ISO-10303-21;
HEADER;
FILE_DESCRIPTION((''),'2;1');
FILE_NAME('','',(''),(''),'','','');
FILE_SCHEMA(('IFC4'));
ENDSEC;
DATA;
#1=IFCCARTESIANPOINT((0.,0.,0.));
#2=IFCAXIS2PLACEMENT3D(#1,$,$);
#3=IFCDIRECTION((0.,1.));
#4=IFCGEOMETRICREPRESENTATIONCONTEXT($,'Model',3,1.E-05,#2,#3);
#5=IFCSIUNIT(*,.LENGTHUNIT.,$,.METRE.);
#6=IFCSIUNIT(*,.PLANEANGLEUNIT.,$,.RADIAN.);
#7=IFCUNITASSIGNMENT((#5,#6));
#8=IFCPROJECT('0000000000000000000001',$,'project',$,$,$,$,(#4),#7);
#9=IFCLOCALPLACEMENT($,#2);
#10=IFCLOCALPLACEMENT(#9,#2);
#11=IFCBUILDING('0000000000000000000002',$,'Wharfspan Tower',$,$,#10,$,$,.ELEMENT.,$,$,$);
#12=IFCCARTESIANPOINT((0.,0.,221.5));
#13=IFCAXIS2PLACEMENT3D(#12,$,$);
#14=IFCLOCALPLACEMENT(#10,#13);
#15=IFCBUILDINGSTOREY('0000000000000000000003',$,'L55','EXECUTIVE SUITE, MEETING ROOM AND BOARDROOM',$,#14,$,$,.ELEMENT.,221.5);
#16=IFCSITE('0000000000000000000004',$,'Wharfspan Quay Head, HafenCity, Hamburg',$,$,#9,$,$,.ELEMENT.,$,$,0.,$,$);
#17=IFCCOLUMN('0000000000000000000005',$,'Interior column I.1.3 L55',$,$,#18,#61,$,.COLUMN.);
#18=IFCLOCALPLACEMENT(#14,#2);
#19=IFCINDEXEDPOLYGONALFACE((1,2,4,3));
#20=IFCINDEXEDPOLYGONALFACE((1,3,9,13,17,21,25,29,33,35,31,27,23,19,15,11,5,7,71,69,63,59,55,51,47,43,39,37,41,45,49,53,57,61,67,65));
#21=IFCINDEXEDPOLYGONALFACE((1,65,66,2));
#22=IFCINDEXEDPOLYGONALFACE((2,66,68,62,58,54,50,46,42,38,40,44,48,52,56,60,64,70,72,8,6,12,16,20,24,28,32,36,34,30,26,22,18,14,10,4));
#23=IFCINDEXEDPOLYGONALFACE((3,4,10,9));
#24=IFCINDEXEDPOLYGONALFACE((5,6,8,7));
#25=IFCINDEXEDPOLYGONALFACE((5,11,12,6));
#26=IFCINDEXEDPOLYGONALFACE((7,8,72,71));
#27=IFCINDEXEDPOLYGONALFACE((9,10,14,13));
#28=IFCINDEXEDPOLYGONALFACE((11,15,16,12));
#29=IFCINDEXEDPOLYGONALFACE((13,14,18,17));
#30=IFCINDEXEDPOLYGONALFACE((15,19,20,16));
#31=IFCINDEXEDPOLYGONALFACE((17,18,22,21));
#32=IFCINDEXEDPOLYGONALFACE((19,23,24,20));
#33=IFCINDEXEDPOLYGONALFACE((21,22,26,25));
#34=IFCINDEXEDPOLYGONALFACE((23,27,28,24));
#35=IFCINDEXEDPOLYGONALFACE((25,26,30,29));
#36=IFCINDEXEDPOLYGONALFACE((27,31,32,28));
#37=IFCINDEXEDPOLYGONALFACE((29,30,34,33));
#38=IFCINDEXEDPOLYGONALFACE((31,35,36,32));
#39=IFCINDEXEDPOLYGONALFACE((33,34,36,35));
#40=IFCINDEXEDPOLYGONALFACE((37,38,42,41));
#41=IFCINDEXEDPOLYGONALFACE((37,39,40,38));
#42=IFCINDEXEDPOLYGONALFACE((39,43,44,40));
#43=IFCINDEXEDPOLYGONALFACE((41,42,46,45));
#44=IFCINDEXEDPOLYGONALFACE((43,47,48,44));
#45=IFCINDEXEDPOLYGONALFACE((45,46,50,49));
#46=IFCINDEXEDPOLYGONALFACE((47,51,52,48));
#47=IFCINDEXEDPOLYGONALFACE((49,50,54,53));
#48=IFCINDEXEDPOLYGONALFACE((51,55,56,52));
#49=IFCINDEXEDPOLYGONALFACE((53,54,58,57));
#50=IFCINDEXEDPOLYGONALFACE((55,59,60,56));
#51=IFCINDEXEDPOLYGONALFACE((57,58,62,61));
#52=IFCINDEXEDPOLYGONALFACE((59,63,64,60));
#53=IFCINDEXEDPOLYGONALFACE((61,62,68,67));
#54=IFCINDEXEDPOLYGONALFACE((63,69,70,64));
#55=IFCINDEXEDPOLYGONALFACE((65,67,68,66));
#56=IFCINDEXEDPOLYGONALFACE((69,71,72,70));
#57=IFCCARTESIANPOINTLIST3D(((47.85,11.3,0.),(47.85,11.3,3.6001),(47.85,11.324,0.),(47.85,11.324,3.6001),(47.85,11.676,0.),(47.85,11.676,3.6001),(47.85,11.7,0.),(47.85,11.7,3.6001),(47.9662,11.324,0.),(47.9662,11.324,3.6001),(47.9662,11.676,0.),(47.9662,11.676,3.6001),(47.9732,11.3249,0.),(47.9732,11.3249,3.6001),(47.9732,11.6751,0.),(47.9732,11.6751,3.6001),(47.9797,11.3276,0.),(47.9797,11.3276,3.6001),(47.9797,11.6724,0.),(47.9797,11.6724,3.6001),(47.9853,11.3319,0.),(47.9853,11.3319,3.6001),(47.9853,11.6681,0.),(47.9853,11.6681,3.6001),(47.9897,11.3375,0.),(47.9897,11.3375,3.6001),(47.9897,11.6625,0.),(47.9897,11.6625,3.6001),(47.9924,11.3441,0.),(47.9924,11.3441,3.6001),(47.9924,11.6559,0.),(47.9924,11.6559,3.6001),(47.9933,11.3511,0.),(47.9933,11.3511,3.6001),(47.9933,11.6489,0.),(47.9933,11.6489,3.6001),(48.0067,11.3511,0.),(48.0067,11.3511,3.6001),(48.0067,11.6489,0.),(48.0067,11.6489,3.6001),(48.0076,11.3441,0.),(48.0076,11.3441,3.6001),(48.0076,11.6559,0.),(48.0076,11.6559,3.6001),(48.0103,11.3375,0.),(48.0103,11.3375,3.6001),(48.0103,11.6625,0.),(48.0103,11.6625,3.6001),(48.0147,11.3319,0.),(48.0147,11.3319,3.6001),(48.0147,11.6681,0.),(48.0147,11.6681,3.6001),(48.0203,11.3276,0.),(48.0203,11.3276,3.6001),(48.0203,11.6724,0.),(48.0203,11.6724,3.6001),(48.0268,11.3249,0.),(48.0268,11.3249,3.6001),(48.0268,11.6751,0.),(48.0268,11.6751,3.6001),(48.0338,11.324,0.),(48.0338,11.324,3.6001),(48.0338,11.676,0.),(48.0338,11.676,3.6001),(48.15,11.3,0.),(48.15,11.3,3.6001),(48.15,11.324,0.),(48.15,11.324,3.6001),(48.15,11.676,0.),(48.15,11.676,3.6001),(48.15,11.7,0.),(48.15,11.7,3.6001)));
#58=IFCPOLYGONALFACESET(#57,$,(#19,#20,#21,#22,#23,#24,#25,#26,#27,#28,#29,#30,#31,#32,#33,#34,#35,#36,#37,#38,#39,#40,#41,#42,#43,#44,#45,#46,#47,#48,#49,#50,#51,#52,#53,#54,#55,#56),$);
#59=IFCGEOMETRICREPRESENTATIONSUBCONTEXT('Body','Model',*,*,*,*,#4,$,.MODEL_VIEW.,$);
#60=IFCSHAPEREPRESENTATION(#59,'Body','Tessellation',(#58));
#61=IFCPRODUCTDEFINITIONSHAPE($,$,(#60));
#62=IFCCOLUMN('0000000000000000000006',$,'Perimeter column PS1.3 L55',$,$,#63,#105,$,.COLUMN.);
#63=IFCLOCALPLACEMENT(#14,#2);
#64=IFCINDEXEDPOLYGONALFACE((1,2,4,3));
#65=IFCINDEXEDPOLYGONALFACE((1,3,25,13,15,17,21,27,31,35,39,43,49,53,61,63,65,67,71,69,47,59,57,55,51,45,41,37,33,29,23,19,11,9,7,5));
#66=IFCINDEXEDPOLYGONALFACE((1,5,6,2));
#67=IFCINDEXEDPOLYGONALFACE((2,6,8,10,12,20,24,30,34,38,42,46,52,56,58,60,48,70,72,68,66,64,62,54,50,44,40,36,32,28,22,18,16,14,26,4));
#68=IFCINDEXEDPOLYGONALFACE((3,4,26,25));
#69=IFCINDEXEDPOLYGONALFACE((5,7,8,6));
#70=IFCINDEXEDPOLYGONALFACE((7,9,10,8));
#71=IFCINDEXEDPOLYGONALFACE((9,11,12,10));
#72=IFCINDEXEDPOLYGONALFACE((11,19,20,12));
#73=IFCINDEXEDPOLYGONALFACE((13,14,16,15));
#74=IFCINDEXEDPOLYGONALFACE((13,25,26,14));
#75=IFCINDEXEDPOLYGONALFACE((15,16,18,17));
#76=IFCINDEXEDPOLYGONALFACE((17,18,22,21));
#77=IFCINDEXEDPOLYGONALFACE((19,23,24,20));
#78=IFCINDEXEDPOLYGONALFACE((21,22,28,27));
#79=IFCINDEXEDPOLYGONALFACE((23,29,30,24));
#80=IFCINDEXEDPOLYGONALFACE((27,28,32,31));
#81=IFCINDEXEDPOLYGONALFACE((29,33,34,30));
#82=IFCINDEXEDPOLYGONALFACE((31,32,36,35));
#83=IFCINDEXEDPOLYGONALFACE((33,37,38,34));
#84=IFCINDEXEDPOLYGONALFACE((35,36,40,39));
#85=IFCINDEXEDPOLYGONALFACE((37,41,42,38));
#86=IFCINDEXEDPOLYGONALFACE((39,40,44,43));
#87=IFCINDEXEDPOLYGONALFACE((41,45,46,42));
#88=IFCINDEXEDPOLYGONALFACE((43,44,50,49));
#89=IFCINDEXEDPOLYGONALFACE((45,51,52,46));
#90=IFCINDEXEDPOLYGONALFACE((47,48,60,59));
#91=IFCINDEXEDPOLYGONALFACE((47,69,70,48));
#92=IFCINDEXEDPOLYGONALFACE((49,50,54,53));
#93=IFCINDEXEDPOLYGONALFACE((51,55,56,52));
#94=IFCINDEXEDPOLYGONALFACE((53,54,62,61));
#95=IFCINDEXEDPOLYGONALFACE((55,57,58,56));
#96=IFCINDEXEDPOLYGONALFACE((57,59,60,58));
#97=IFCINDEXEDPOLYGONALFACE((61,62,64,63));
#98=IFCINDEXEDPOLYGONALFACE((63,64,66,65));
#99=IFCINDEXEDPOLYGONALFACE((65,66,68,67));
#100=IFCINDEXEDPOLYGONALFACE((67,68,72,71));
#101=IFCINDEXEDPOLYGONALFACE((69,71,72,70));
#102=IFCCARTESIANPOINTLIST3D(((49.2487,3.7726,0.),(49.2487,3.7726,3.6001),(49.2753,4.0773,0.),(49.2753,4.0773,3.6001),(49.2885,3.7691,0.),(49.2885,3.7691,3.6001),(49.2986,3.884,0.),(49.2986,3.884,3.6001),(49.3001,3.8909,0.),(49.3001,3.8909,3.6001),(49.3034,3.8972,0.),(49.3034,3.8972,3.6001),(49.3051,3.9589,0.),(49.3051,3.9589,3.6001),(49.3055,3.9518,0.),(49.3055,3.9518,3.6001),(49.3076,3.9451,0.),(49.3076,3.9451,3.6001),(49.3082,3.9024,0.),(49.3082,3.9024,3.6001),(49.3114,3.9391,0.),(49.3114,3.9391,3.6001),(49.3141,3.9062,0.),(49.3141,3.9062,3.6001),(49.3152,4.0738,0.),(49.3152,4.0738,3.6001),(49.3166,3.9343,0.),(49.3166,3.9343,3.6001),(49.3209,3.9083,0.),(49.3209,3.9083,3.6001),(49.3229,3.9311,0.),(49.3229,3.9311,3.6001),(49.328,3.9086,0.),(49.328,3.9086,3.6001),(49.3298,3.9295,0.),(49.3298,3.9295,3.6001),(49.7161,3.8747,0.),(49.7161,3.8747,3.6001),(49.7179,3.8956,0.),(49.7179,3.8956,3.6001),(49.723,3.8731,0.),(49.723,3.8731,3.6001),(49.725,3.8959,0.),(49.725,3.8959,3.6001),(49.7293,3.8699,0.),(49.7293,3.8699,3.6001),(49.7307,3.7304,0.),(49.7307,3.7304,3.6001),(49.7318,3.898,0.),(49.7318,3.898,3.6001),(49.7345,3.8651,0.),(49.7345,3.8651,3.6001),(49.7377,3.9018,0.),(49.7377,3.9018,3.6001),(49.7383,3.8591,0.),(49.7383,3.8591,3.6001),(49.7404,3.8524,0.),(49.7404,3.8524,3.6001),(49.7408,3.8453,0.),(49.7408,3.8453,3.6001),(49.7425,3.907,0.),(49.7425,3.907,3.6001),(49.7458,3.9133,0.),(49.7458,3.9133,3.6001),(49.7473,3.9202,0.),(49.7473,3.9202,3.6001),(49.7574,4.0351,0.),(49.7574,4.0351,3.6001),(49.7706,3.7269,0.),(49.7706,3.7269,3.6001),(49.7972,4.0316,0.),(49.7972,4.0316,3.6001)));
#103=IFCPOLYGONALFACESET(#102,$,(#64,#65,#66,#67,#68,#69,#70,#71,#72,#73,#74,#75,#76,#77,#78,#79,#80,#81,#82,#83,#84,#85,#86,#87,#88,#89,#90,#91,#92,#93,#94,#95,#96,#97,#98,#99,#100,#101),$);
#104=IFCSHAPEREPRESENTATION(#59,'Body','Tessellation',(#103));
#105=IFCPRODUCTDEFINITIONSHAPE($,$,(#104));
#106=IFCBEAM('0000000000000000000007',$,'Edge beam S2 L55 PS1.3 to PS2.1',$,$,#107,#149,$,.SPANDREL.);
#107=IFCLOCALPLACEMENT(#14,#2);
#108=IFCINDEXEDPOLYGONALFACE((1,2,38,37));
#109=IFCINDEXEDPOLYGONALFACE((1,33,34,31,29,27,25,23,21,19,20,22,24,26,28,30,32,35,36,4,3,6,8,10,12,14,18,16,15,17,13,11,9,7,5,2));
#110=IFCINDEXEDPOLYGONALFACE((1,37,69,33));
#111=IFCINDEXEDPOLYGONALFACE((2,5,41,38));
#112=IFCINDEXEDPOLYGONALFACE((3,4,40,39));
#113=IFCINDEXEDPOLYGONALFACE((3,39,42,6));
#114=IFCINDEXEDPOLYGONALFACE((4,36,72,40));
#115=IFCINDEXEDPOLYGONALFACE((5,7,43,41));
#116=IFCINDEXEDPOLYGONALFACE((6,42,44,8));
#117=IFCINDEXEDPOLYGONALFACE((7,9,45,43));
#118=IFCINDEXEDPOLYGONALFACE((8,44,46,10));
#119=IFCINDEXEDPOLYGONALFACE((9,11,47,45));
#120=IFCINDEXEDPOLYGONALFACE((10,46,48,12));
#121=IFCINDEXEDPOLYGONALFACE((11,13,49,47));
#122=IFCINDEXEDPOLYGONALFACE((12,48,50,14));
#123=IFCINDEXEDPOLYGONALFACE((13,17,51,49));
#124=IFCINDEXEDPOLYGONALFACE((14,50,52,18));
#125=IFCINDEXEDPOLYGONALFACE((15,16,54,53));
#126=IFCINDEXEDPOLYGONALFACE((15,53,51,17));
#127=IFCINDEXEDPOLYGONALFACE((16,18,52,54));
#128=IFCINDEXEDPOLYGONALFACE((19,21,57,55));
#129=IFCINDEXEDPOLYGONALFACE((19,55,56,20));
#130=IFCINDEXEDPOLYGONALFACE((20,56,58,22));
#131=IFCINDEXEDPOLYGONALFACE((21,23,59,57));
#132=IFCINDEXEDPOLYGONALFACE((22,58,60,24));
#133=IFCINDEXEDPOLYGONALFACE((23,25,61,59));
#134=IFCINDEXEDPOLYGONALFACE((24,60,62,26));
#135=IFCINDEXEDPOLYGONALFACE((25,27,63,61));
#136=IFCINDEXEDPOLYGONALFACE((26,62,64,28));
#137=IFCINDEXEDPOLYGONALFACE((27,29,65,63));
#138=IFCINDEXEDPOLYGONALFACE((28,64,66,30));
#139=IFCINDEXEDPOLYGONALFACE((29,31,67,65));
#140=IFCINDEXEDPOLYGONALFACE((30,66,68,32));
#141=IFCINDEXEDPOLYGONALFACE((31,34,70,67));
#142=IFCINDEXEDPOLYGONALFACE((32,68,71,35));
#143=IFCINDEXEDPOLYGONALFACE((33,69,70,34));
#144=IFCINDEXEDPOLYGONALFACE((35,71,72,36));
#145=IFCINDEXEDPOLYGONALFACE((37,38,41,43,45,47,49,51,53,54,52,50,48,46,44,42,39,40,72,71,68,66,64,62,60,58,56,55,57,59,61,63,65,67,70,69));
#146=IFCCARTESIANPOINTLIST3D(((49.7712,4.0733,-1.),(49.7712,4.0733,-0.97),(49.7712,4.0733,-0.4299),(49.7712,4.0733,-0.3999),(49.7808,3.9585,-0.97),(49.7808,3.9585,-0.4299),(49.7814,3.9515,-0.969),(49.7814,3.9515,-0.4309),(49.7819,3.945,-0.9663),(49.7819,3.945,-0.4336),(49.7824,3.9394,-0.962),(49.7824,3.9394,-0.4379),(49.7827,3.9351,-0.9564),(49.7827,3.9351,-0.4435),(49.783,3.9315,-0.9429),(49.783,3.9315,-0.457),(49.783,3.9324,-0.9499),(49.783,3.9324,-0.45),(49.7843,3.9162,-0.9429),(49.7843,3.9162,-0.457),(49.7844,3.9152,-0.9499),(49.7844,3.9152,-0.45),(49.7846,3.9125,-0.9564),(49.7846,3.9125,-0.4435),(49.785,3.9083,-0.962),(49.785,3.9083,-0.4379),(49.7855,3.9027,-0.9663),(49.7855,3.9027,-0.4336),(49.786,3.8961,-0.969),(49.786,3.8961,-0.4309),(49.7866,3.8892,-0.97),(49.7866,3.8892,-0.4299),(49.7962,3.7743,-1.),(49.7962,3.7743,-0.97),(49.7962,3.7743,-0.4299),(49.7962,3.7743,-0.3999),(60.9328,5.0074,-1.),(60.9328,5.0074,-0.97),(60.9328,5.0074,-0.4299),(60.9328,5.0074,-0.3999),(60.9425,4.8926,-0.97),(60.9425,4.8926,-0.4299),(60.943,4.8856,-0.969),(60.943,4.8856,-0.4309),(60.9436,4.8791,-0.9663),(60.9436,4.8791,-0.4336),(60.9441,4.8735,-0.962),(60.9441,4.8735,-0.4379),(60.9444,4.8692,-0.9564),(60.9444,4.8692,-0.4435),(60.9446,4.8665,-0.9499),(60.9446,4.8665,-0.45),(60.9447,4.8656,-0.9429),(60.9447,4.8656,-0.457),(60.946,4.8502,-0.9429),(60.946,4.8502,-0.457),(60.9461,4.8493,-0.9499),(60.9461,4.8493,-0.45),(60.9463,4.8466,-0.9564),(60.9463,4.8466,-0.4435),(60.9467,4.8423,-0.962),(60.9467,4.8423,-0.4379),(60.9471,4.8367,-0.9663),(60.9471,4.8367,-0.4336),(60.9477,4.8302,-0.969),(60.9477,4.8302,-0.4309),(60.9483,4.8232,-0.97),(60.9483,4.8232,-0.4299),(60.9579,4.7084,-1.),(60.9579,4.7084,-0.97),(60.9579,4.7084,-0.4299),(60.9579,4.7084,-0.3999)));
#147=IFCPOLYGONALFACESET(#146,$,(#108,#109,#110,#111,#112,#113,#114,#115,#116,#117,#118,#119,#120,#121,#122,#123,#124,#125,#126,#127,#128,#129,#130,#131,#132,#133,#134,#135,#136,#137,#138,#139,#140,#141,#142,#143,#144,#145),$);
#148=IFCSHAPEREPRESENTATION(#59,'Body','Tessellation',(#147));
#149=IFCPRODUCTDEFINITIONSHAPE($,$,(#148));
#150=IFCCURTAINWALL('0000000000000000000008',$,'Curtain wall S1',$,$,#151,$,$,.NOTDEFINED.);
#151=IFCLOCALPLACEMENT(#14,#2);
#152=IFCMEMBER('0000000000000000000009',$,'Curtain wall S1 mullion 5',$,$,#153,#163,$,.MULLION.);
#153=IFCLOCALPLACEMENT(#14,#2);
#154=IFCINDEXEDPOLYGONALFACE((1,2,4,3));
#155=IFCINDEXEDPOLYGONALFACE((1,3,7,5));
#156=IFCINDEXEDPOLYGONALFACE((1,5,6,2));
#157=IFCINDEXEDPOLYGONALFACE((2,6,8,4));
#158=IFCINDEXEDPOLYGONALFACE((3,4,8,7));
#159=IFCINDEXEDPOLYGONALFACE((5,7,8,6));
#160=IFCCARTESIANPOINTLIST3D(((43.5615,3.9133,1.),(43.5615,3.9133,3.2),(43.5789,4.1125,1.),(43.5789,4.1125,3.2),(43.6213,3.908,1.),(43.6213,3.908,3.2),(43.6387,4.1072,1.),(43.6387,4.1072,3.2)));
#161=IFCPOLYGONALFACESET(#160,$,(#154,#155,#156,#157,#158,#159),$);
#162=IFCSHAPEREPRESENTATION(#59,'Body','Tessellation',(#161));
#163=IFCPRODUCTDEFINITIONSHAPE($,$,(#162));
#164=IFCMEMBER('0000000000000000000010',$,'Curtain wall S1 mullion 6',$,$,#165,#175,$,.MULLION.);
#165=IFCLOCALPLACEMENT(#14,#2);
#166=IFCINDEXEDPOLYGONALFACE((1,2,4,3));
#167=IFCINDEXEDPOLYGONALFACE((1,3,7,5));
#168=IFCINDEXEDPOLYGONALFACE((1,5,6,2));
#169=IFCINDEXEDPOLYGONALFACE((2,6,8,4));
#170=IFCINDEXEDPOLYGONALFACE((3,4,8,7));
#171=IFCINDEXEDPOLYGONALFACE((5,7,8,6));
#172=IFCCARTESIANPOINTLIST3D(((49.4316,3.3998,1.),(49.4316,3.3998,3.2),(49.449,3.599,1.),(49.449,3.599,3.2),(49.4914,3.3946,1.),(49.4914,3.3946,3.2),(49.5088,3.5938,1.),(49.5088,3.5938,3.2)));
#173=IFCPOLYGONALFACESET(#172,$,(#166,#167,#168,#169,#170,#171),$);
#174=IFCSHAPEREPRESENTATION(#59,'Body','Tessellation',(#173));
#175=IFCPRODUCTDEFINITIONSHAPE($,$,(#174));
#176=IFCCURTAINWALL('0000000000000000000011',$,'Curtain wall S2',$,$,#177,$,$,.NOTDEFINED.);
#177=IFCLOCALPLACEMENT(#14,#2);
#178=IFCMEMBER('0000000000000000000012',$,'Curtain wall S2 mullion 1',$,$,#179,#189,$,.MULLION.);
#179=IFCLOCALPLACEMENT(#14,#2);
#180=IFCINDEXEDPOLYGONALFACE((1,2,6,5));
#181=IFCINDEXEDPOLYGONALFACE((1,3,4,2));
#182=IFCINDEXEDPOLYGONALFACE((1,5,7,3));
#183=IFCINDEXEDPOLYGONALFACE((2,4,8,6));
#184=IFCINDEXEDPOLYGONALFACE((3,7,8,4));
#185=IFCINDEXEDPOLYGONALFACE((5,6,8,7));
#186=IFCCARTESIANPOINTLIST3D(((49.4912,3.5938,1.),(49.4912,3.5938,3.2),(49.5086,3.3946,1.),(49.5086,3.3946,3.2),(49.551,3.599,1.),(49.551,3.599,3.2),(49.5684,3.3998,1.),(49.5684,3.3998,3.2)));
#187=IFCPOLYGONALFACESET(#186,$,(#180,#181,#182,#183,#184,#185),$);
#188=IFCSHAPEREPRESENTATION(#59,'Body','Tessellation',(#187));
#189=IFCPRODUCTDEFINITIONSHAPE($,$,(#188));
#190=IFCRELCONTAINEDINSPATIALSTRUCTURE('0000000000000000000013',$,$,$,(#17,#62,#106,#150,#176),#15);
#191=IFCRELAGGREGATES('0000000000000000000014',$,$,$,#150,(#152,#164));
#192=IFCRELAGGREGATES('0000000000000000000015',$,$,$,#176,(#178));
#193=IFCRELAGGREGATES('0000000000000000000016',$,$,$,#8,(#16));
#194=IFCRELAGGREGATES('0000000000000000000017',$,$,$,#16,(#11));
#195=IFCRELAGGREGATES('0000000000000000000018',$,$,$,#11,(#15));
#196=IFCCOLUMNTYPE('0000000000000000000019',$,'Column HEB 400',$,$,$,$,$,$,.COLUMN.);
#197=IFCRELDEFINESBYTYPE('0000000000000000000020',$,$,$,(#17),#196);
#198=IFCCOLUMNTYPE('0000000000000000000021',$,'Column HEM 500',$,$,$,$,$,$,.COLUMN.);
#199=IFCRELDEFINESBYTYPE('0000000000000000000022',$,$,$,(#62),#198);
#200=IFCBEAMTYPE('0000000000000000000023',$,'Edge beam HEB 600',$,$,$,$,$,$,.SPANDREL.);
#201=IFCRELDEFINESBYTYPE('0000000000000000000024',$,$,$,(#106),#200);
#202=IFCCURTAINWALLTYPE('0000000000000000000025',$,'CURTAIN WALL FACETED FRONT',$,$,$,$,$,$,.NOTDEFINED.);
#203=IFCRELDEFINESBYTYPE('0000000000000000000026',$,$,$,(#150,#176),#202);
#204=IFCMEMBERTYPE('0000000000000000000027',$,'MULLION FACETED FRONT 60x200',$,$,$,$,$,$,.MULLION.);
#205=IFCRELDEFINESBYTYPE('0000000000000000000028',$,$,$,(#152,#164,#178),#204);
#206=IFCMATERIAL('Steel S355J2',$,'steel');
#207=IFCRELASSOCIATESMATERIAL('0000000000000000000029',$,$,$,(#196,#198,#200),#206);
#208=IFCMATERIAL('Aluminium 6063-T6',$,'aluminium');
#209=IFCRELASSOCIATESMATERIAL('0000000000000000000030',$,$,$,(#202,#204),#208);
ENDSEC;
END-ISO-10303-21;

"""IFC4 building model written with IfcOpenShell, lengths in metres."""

from ifc_helpers import new_model, si_unit, direction, frame, origin, origin_2d, place, context, subcontext, project, spatial, rectangle, i_section, extrude, material, material_profile, profile_set, type_object, element, aggregate, save


model = new_model("IFC4")

# Units and contexts
model_context = context("Model", 3, precision=1e-05, world=origin(), true_north=direction((0.0, 1.0)))
body_context = subcontext(model_context, "Body", "Model", "MODEL_VIEW")
ifc_project = project(units=[si_unit("LENGTHUNIT", "METRE"), si_unit("PLANEANGLEUNIT", "RADIAN")], contexts=[model_context])

# Site, building, storey
site_placement = place(None, origin())
site = spatial("IfcSite", under=ifc_project, at=site_placement, Name="Wharfspan Quay Head, HafenCity, Hamburg", CompositionType="ELEMENT", RefElevation=0.0)
building_placement = place(site_placement, origin())
building = spatial("IfcBuilding", under=site, at=building_placement, Name="Wharfspan Tower", CompositionType="ELEMENT")
storey_placement = place(building_placement, frame((0.0, 0.0, 221.5)))
storey = spatial("IfcBuildingStorey", under=building, at=storey_placement, Name="L55", Description="EXECUTIVE SUITE, MEETING ROOM AND BOARDROOM", CompositionType="ELEMENT", Elevation=221.5)

# Columns
ifc_material_1 = material(Name="Steel S355J2", Category="steel")
ifc_material_profile_1 = material_profile(ifc_material_1, i_section(OverallWidth=0.3, OverallDepth=0.3999, WebThickness=0.0134, FlangeThickness=0.0239, FilletRadius=0.0271, at=origin_2d()))
ifc_profile_set_1 = profile_set([ifc_material_profile_1], Name="Steel S355J2")
column_type_1 = type_object("IfcColumnType", Name="Column HEB 400", PredefinedType="COLUMN", material=ifc_profile_set_1)
column_1_placement = place(storey_placement, frame((48.0, 11.5, 0.0), z_axis=(0.0, 0.0, 1.0), x_axis=(1.0, 0.0, 0.0)))
element("IfcColumn", 1, at=column_1_placement, inside=storey, type_object=column_type_1, Name="Interior column I.1.3 L55", PredefinedType="COLUMN", context=body_context, shape_type="SweptSolid", body=[
    extrude(i_section(OverallWidth=0.3, OverallDepth=0.3999, WebThickness=0.0134, FlangeThickness=0.0239, FilletRadius=0.0271, at=origin_2d()), origin(), (0.0, 0.0, 1.0), 3.6001),
])
ifc_material_profile_2 = material_profile(ifc_material_1, i_section(OverallWidth=0.3059, OverallDepth=0.5239, WebThickness=0.021, FlangeThickness=0.04, FilletRadius=0.0271, at=origin_2d()))
ifc_profile_set_2 = profile_set([ifc_material_profile_2], Name="Steel S355J2")
column_type_2 = type_object("IfcColumnType", Name="Column HEM 500", PredefinedType="COLUMN", material=ifc_profile_set_2)
column_2_placement = place(storey_placement, frame((49.5229, 3.9021, 0.0), z_axis=(0.0, 0.0, 1.0), x_axis=(-0.087156, -0.996197, 0.0)))
element("IfcColumn", 2, at=column_2_placement, inside=storey, type_object=column_type_2, Name="Perimeter column PS1.3 L55", PredefinedType="COLUMN", context=body_context, shape_type="SweptSolid", body=[
    extrude(i_section(OverallWidth=0.3059, OverallDepth=0.5239, WebThickness=0.021, FlangeThickness=0.04, FilletRadius=0.0271, at=origin_2d()), origin(), (0.0, 0.0, 1.0), 3.6001),
])

# Beam
ifc_material_profile_3 = material_profile(ifc_material_1, i_section(OverallWidth=0.3, OverallDepth=0.6001, WebThickness=0.0154, FlangeThickness=0.03, FilletRadius=0.0271, at=origin_2d()))
ifc_profile_set_3 = profile_set([ifc_material_profile_3], Name="Steel S355J2")
beam_type = type_object("IfcBeamType", Name="Edge beam HEB 600", PredefinedType="SPANDREL", material=ifc_profile_set_3)
beam_placement = place(storey_placement, frame((49.7837, 3.9238, -0.7), z_axis=(0.996517, 0.083395, 0.0), x_axis=(-0.083395, 0.996517, 0.0)))
element("IfcBeam", 3, at=beam_placement, inside=storey, type_object=beam_type, Name="Edge beam S2 L55 PS1.3 to PS2.1", PredefinedType="SPANDREL", context=body_context, shape_type="SweptSolid", body=[
    extrude(i_section(OverallWidth=0.3, OverallDepth=0.6001, WebThickness=0.0154, FlangeThickness=0.03, FilletRadius=0.0271, at=origin_2d()), origin(), (0.0, 0.0, 1.0), 11.2007),
])

# Curtain wall, members
ifc_material_2 = material(Name="Aluminium 6063-T6", Category="aluminium")
curtain_wall_type = type_object("IfcCurtainWallType", Name="CURTAIN WALL FACETED FRONT", PredefinedType="NOTDEFINED", material=ifc_material_2)
curtain_wall_1_placement = place(storey_placement, origin())
curtain_wall_1 = element("IfcCurtainWall", 4, at=curtain_wall_1_placement, inside=storey, type_object=curtain_wall_type, Name="Curtain wall S1", PredefinedType="NOTDEFINED")
ifc_material_profile_4 = material_profile(ifc_material_2, rectangle(XDim=0.2, YDim=0.0601, at=origin_2d()))
ifc_profile_set_4 = profile_set([ifc_material_profile_4], Name="Aluminium 6063-T6")
member_type_1 = type_object("IfcMemberType", Name="MULLION FACETED FRONT 60x200", PredefinedType="MULLION", material=ifc_profile_set_4)
member_1_placement = place(storey_placement, frame((43.6001, 4.0103, 1.0), z_axis=(0.0, 0.0, 1.0), x_axis=(0.087156, 0.996197, 0.0)))
member_1 = element("IfcMember", 5, at=member_1_placement, type_object=member_type_1, Name="Curtain wall S1 mullion 5", PredefinedType="MULLION", context=body_context, shape_type="SweptSolid", body=[
    extrude(rectangle(XDim=0.2, YDim=0.0601, at=origin_2d()), origin(), (0.0, 0.0, 1.0), 2.2),
])
member_2_placement = place(storey_placement, frame((49.4702, 3.4968, 1.0), z_axis=(0.0, 0.0, 1.0), x_axis=(0.087156, 0.996197, 0.0)))
member_2 = element("IfcMember", 6, at=member_2_placement, type_object=member_type_1, Name="Curtain wall S1 mullion 6", PredefinedType="MULLION", context=body_context, shape_type="SweptSolid", body=[
    extrude(rectangle(XDim=0.2, YDim=0.0601, at=origin_2d()), origin(), (0.0, 0.0, 1.0), 2.2),
])

# Curtain wall, member
curtain_wall_2_placement = place(storey_placement, origin())
curtain_wall_2 = element("IfcCurtainWall", 7, at=curtain_wall_2_placement, inside=storey, type_object=curtain_wall_type, Name="Curtain wall S2", PredefinedType="NOTDEFINED")
member_3_placement = place(storey_placement, frame((49.5298, 3.4968, 1.0), z_axis=(0.0, 0.0, 1.0), x_axis=(-0.087156, 0.996197, 0.0)))
member_3 = element("IfcMember", 8, at=member_3_placement, type_object=member_type_1, Name="Curtain wall S2 mullion 1", PredefinedType="MULLION", context=body_context, shape_type="SweptSolid", body=[
    extrude(rectangle(XDim=0.2, YDim=0.0601, at=origin_2d()), origin(), (0.0, 0.0, 1.0), 2.2),
])

aggregate(curtain_wall_1, [member_1, member_2])
aggregate(curtain_wall_2, [member_3])

save(model, "model.ifc")
